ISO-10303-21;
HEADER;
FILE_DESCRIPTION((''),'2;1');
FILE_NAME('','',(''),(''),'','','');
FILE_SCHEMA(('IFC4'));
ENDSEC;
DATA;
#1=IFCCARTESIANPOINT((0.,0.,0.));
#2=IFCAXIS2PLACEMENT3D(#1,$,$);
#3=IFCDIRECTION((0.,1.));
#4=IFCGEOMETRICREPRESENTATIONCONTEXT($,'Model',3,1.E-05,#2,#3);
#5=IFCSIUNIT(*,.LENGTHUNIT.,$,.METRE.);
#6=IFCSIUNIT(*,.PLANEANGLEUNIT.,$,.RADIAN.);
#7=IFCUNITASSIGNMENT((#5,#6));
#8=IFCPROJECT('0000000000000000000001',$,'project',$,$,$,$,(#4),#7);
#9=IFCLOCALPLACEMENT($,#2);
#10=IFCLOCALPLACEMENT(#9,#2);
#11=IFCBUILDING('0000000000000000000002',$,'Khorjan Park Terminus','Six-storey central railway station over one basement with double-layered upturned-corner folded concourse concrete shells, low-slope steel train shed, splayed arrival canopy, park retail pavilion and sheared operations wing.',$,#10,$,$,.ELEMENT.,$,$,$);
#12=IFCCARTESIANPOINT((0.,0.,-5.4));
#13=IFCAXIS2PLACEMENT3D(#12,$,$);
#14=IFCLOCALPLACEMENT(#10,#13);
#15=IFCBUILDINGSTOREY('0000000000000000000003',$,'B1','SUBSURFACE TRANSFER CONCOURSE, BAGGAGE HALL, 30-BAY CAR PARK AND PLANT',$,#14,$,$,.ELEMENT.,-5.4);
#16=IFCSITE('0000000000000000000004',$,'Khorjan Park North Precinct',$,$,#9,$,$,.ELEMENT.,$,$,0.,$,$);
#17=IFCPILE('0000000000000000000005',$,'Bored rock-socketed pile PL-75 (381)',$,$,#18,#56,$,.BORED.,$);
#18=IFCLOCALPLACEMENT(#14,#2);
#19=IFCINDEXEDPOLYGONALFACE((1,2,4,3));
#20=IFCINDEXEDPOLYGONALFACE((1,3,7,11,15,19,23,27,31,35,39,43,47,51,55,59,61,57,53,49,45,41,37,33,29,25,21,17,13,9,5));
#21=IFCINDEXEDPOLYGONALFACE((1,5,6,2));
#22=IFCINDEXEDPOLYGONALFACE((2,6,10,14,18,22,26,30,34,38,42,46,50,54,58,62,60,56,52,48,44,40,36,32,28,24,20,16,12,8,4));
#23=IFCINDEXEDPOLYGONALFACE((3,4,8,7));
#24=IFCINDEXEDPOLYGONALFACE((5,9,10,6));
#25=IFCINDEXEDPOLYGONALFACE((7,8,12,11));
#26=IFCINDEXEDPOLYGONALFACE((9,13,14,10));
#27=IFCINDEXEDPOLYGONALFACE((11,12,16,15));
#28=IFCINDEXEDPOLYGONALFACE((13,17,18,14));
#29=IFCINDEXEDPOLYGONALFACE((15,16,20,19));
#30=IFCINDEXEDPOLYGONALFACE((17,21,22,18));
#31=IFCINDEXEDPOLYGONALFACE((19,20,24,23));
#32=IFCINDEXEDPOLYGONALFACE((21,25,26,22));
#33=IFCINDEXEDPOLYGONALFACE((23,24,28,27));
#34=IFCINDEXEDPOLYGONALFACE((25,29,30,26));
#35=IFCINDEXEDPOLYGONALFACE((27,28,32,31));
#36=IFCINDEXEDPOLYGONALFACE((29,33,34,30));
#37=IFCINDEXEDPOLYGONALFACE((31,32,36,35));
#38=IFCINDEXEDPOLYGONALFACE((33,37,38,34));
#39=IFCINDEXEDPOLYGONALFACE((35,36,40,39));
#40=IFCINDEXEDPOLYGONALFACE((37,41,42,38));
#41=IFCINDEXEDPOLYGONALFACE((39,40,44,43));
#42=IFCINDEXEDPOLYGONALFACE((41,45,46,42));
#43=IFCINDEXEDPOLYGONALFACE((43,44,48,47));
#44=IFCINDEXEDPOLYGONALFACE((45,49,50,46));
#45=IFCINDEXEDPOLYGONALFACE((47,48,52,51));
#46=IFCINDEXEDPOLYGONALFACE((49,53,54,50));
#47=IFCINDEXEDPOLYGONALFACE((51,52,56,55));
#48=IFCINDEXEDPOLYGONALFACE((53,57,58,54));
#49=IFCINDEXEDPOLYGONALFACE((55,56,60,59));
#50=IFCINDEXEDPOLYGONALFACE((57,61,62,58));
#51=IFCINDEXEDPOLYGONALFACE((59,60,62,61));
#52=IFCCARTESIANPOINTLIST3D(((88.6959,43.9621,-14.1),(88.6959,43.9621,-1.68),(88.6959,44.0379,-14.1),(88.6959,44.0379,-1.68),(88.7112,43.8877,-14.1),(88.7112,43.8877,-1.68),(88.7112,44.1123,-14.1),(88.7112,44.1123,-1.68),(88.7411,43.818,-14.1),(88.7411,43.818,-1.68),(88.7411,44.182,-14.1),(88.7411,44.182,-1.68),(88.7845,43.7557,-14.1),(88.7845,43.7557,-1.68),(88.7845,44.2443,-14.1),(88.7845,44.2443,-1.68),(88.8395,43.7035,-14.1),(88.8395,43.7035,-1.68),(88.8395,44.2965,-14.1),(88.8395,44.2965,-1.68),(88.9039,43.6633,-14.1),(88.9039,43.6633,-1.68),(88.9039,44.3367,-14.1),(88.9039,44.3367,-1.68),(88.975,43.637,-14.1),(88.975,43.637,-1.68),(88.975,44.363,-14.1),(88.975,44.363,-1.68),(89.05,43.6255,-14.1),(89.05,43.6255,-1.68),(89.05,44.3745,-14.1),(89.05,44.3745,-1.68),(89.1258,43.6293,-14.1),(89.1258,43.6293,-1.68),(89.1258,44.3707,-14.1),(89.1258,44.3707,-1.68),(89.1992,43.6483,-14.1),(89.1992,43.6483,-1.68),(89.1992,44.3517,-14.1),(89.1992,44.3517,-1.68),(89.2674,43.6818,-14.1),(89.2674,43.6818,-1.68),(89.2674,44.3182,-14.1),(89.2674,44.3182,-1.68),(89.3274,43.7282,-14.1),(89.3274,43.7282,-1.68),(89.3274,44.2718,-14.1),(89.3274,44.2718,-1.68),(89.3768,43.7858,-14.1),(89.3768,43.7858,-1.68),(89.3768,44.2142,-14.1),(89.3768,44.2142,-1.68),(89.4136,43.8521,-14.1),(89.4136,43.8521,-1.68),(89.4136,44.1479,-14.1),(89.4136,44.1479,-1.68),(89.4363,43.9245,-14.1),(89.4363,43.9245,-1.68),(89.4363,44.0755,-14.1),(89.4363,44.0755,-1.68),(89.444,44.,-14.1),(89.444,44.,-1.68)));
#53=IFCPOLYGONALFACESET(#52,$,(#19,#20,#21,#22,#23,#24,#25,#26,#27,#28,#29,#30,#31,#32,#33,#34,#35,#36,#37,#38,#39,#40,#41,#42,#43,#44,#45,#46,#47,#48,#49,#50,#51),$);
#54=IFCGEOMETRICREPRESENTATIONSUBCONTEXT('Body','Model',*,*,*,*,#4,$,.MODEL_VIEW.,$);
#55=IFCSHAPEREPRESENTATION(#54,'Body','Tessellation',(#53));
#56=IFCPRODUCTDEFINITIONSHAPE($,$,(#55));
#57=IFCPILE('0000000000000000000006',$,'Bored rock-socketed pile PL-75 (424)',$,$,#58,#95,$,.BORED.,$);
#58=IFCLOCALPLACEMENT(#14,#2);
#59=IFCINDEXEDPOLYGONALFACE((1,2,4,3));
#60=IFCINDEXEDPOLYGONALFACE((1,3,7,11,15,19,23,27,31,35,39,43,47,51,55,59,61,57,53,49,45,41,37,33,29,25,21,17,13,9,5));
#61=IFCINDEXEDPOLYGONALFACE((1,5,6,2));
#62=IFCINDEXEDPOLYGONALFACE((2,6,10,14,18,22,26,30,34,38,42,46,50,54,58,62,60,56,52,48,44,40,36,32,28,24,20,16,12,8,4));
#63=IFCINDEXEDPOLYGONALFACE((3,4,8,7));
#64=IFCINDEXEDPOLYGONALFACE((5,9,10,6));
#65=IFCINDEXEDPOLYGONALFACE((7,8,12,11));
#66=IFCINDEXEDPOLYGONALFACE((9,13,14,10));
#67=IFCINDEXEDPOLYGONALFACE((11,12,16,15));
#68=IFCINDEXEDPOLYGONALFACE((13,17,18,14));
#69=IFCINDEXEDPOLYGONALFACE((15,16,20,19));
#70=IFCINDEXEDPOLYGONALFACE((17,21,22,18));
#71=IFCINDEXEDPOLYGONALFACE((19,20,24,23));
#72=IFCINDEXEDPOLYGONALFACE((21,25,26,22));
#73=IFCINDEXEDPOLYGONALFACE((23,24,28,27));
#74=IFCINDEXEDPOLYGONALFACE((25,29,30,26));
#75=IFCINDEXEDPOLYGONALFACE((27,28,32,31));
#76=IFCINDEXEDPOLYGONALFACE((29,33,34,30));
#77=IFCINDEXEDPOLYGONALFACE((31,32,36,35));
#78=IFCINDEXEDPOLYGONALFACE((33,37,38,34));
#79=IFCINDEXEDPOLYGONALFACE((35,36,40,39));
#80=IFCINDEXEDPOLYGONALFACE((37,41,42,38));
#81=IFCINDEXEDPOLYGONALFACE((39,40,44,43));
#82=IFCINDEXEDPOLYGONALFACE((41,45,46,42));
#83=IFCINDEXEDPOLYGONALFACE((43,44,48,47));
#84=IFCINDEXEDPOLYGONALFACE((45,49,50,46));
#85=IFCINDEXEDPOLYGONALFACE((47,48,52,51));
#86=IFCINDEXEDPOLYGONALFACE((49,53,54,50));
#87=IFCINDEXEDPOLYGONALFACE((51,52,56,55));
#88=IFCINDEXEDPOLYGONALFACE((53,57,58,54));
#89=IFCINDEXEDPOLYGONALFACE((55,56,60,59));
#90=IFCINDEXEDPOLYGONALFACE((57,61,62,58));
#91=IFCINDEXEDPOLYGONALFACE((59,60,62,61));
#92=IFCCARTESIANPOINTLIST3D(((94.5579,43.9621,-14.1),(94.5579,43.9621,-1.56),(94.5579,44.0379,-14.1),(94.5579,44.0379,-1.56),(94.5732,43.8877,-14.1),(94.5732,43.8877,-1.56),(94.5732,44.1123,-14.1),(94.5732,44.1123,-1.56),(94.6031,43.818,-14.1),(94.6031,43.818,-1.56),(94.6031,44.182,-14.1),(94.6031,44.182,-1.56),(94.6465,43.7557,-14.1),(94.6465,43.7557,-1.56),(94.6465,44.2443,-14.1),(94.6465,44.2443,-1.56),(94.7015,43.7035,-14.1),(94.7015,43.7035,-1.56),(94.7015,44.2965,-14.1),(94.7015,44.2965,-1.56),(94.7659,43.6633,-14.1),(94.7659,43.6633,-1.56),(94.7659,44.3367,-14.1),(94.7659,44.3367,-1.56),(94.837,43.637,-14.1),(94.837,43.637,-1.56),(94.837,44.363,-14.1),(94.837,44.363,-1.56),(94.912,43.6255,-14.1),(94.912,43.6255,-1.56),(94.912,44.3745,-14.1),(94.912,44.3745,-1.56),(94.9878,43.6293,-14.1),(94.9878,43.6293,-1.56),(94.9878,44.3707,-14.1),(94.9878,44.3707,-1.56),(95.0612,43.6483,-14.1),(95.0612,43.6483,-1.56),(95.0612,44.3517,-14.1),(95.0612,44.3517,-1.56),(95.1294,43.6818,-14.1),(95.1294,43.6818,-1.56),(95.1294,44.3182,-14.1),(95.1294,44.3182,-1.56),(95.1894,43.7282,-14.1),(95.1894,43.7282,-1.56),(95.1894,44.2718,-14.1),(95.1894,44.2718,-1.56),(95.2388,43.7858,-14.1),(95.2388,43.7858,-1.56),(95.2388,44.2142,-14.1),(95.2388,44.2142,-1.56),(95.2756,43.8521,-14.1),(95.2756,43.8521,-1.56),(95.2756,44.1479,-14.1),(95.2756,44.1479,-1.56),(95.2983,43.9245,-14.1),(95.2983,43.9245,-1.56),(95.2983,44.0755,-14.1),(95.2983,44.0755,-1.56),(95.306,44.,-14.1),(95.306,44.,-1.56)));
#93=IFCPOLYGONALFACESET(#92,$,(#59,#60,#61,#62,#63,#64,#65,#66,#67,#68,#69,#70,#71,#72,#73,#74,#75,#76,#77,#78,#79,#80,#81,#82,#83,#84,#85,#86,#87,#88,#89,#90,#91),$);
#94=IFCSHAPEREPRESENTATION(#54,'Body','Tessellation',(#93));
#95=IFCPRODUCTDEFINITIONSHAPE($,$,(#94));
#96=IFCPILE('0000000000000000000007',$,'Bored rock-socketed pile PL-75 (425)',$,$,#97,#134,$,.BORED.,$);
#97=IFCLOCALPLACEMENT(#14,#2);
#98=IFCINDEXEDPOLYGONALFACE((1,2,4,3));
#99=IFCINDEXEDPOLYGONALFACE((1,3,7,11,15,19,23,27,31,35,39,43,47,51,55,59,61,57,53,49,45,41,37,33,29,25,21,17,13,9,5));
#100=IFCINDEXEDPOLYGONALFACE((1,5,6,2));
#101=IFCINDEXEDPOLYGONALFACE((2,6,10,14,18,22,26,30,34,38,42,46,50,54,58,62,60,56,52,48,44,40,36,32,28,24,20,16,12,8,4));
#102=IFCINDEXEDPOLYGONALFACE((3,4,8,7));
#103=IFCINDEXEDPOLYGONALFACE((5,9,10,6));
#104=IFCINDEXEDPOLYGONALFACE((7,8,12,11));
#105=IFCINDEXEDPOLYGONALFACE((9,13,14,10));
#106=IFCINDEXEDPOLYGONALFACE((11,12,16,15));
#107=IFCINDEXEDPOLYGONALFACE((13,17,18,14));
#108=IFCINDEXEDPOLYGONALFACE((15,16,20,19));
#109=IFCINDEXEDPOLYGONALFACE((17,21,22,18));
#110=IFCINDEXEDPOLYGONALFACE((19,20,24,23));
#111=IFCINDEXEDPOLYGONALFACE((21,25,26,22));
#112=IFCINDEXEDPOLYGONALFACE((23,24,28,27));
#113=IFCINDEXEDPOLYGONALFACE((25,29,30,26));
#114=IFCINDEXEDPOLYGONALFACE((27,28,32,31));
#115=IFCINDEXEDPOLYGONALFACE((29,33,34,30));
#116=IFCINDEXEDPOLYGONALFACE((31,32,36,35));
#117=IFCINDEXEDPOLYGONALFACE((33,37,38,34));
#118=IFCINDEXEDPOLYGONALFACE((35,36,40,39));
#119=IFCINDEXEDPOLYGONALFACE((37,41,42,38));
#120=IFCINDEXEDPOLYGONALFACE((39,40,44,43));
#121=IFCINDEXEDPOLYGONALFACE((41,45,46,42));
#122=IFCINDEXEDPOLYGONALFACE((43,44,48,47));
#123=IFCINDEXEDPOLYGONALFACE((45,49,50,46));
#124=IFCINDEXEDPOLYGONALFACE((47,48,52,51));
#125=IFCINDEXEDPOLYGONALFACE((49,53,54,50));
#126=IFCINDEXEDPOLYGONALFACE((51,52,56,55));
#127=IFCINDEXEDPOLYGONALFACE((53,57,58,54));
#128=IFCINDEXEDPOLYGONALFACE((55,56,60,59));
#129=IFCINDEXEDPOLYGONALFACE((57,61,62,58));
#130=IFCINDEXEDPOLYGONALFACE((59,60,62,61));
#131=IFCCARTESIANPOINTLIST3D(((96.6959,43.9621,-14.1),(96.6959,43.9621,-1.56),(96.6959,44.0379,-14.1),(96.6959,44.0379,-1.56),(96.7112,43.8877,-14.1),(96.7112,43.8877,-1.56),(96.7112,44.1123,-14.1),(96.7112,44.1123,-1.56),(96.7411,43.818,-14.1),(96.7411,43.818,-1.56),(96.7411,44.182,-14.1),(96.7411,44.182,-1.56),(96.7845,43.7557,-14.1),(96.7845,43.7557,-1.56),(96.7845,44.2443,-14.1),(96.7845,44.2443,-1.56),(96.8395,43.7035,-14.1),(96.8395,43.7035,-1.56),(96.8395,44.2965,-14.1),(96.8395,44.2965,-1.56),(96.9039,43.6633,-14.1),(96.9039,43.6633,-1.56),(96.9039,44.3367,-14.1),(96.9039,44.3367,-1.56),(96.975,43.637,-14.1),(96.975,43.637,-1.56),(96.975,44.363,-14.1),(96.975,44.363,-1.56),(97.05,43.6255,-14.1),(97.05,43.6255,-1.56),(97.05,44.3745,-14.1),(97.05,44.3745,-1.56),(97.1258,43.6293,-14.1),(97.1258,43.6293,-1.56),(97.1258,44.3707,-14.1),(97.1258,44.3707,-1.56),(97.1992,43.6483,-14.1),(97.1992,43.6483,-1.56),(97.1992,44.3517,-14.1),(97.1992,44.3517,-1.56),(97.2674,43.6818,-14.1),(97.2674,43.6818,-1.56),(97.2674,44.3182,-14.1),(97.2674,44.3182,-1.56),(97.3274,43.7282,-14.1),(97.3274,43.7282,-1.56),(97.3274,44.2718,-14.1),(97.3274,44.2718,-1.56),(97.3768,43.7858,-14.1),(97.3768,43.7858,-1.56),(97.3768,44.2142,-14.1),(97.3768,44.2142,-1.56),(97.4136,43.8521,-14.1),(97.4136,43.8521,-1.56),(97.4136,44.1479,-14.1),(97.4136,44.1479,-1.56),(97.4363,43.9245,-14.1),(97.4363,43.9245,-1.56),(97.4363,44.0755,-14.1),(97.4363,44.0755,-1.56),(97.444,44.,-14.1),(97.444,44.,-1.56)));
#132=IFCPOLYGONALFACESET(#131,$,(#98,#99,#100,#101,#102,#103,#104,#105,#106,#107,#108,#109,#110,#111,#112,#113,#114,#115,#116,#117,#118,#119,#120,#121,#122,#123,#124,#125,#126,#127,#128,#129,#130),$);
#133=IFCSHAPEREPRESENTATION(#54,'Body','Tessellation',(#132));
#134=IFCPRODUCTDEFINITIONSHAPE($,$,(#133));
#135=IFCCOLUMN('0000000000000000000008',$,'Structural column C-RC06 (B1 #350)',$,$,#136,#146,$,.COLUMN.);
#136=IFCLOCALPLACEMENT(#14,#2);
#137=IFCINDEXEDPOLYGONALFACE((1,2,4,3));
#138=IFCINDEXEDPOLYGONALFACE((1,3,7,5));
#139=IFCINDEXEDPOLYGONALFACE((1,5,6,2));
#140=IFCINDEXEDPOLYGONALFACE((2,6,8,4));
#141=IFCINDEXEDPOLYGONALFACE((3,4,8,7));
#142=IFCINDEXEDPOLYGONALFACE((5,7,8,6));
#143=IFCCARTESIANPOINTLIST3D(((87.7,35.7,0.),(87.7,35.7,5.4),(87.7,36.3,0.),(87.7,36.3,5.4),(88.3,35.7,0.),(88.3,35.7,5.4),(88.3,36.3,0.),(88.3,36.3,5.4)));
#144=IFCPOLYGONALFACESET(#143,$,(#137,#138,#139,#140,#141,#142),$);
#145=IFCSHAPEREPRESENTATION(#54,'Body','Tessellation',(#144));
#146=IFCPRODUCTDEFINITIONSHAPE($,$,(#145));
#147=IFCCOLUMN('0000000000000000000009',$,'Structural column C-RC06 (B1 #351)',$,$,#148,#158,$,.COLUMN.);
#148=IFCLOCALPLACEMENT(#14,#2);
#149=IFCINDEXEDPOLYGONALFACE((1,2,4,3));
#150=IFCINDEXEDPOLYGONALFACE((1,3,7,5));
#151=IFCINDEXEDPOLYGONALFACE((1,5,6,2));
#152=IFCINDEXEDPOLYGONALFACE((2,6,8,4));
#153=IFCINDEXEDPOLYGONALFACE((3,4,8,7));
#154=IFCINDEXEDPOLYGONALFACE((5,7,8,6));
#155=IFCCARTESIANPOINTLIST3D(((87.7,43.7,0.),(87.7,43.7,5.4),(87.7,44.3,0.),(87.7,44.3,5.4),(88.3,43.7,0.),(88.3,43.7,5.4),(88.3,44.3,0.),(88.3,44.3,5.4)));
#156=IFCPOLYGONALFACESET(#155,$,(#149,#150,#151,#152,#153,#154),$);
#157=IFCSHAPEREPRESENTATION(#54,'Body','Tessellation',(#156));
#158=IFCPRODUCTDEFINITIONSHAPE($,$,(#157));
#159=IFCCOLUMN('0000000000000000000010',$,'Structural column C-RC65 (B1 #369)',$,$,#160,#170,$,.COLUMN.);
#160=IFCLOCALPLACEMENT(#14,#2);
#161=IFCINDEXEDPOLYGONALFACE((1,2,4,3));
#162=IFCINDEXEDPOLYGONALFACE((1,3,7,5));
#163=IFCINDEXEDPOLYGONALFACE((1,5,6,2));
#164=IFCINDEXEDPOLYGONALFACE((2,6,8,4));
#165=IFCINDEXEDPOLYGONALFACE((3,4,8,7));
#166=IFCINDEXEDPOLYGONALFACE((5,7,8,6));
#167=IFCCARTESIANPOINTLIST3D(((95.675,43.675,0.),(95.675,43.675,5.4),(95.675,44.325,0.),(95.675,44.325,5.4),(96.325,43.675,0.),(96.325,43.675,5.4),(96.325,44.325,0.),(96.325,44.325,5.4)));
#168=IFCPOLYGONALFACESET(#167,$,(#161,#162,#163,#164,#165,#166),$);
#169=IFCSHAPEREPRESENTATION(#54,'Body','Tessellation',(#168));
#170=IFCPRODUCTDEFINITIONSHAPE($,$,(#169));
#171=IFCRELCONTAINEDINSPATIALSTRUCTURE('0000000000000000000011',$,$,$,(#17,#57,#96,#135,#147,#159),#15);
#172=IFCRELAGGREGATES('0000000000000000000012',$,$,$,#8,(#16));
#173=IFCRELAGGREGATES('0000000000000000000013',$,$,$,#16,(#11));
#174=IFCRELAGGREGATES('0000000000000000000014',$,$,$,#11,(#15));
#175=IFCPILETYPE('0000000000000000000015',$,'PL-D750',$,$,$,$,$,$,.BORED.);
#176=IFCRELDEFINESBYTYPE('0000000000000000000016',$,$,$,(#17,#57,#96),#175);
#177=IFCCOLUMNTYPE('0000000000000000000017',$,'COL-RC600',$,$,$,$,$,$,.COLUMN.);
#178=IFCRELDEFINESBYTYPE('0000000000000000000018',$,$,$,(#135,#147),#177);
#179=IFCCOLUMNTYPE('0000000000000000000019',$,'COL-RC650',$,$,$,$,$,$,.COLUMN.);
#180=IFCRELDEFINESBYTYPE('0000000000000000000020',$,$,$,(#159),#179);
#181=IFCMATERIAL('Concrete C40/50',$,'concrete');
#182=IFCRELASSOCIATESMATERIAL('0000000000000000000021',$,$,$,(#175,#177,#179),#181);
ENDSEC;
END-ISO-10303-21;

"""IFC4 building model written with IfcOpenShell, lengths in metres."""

from ifc_helpers import new_model, si_unit, direction, frame, origin, origin_2d, place, context, subcontext, project, spatial, rectangle, circle, extrude, material, material_profile, profile_set, type_object, element, save


model = new_model("IFC4")

# Units and contexts
model_context = context("Model", 3, precision=1e-05, world=origin(), true_north=direction((0.0, 1.0)))
body_context = subcontext(model_context, "Body", "Model", "MODEL_VIEW")
ifc_project = project(units=[si_unit("LENGTHUNIT", "METRE"), si_unit("PLANEANGLEUNIT", "RADIAN")], contexts=[model_context])

# Site, building, storey
site_placement = place(None, origin())
site = spatial("IfcSite", under=ifc_project, at=site_placement, Name="Khorjan Park North Precinct", CompositionType="ELEMENT", RefElevation=0.0)
building_placement = place(site_placement, origin())
building = spatial("IfcBuilding", under=site, at=building_placement, Name="Khorjan Park Terminus", Description="Six-storey central railway station over one basement with double-layered upturned-corner folded concourse concrete shells, low-slope steel train shed, splayed arrival canopy, park retail pavilion and sheared operations wing.", CompositionType="ELEMENT")
storey_placement = place(building_placement, frame((0.0, 0.0, -5.4)))
storey = spatial("IfcBuildingStorey", under=building, at=storey_placement, Name="B1", Description="SUBSURFACE TRANSFER CONCOURSE, BAGGAGE HALL, 30-BAY CAR PARK AND PLANT", CompositionType="ELEMENT", Elevation=-5.4)

# Shared definitions
ifc_material_1 = material(Name="Concrete C40/50", Category="concrete")

# Piles
ifc_material_profile_1 = material_profile(ifc_material_1, circle(Radius=0.375, at=origin_2d()), Name="BORED D750")
ifc_profile_set_1 = profile_set([ifc_material_profile_1], Name="Concrete C40/50")
pile_type_1 = type_object("IfcPileType", Name="PL-D750", PredefinedType="BORED", material=ifc_profile_set_1)
pile_1_placement = place(storey_placement, frame((89.069, 44.0, -1.68), z_axis=(0.0, 0.0, -1.0), x_axis=(1.0, 0.0, 0.0)))
element("IfcPile", 1, at=pile_1_placement, inside=storey, type_object=pile_type_1, Name="Bored rock-socketed pile PL-75 (381)", PredefinedType="BORED", context=body_context, shape_type="SweptSolid", body=[
    extrude(circle(Radius=0.375, at=origin_2d()), origin(), (0.0, 0.0, 1.0), 12.42),
])
for number, where, z_axis, x_axis, name in (
    (2, (94.931, 44.0, -1.56), (0.0, 0.0, -1.0), (1.0, 0.0, 0.0), "Bored rock-socketed pile PL-75 (424)"),
    (3, (97.069, 44.0, -1.56), (0.0, 0.0, -1.0), (1.0, 0.0, 0.0), "Bored rock-socketed pile PL-75 (425)"),
):
    element("IfcPile", number, at=place(storey_placement, frame(where, z_axis=z_axis, x_axis=x_axis)), inside=storey, type_object=pile_type_1, Name=name, PredefinedType="BORED", context=body_context, shape_type="SweptSolid", body=[
        extrude(circle(Radius=0.375, at=origin_2d()), origin(), (0.0, 0.0, 1.0), 12.54),
    ])

# Columns
ifc_material_profile_2 = material_profile(ifc_material_1, rectangle(XDim=0.6, YDim=0.6, at=origin_2d()), Name="RC 600x600")
ifc_profile_set_2 = profile_set([ifc_material_profile_2], Name="Concrete C40/50")
column_type_1 = type_object("IfcColumnType", Name="COL-RC600", PredefinedType="COLUMN", material=ifc_profile_set_2)
for number, where, z_axis, x_axis, name in (
    (4, (88.0, 36.0, 0.0), (0.0, 0.0, 1.0), (1.0, 0.0, 0.0), "Structural column C-RC06 (B1 #350)"),
    (5, (88.0, 44.0, 0.0), (0.0, 0.0, 1.0), (1.0, 0.0, 0.0), "Structural column C-RC06 (B1 #351)"),
):
    element("IfcColumn", number, at=place(storey_placement, frame(where, z_axis=z_axis, x_axis=x_axis)), inside=storey, type_object=column_type_1, Name=name, PredefinedType="COLUMN", context=body_context, shape_type="SweptSolid", body=[
        extrude(rectangle(XDim=0.6, YDim=0.6, at=origin_2d()), origin(), (0.0, 0.0, 1.0), 5.4),
    ])
ifc_material_profile_3 = material_profile(ifc_material_1, rectangle(XDim=0.65, YDim=0.65, at=origin_2d()), Name="RC 650x650")
ifc_profile_set_3 = profile_set([ifc_material_profile_3], Name="Concrete C40/50")
column_type_2 = type_object("IfcColumnType", Name="COL-RC650", PredefinedType="COLUMN", material=ifc_profile_set_3)
column_1_placement = place(storey_placement, frame((96.0, 44.0, 0.0), z_axis=(0.0, 0.0, 1.0), x_axis=(1.0, 0.0, 0.0)))
element("IfcColumn", 6, at=column_1_placement, inside=storey, type_object=column_type_2, Name="Structural column C-RC65 (B1 #369)", PredefinedType="COLUMN", context=body_context, shape_type="SweptSolid", body=[
    extrude(rectangle(XDim=0.65, YDim=0.65, at=origin_2d()), origin(), (0.0, 0.0, 1.0), 5.4),
])

save(model, "model.ifc")
